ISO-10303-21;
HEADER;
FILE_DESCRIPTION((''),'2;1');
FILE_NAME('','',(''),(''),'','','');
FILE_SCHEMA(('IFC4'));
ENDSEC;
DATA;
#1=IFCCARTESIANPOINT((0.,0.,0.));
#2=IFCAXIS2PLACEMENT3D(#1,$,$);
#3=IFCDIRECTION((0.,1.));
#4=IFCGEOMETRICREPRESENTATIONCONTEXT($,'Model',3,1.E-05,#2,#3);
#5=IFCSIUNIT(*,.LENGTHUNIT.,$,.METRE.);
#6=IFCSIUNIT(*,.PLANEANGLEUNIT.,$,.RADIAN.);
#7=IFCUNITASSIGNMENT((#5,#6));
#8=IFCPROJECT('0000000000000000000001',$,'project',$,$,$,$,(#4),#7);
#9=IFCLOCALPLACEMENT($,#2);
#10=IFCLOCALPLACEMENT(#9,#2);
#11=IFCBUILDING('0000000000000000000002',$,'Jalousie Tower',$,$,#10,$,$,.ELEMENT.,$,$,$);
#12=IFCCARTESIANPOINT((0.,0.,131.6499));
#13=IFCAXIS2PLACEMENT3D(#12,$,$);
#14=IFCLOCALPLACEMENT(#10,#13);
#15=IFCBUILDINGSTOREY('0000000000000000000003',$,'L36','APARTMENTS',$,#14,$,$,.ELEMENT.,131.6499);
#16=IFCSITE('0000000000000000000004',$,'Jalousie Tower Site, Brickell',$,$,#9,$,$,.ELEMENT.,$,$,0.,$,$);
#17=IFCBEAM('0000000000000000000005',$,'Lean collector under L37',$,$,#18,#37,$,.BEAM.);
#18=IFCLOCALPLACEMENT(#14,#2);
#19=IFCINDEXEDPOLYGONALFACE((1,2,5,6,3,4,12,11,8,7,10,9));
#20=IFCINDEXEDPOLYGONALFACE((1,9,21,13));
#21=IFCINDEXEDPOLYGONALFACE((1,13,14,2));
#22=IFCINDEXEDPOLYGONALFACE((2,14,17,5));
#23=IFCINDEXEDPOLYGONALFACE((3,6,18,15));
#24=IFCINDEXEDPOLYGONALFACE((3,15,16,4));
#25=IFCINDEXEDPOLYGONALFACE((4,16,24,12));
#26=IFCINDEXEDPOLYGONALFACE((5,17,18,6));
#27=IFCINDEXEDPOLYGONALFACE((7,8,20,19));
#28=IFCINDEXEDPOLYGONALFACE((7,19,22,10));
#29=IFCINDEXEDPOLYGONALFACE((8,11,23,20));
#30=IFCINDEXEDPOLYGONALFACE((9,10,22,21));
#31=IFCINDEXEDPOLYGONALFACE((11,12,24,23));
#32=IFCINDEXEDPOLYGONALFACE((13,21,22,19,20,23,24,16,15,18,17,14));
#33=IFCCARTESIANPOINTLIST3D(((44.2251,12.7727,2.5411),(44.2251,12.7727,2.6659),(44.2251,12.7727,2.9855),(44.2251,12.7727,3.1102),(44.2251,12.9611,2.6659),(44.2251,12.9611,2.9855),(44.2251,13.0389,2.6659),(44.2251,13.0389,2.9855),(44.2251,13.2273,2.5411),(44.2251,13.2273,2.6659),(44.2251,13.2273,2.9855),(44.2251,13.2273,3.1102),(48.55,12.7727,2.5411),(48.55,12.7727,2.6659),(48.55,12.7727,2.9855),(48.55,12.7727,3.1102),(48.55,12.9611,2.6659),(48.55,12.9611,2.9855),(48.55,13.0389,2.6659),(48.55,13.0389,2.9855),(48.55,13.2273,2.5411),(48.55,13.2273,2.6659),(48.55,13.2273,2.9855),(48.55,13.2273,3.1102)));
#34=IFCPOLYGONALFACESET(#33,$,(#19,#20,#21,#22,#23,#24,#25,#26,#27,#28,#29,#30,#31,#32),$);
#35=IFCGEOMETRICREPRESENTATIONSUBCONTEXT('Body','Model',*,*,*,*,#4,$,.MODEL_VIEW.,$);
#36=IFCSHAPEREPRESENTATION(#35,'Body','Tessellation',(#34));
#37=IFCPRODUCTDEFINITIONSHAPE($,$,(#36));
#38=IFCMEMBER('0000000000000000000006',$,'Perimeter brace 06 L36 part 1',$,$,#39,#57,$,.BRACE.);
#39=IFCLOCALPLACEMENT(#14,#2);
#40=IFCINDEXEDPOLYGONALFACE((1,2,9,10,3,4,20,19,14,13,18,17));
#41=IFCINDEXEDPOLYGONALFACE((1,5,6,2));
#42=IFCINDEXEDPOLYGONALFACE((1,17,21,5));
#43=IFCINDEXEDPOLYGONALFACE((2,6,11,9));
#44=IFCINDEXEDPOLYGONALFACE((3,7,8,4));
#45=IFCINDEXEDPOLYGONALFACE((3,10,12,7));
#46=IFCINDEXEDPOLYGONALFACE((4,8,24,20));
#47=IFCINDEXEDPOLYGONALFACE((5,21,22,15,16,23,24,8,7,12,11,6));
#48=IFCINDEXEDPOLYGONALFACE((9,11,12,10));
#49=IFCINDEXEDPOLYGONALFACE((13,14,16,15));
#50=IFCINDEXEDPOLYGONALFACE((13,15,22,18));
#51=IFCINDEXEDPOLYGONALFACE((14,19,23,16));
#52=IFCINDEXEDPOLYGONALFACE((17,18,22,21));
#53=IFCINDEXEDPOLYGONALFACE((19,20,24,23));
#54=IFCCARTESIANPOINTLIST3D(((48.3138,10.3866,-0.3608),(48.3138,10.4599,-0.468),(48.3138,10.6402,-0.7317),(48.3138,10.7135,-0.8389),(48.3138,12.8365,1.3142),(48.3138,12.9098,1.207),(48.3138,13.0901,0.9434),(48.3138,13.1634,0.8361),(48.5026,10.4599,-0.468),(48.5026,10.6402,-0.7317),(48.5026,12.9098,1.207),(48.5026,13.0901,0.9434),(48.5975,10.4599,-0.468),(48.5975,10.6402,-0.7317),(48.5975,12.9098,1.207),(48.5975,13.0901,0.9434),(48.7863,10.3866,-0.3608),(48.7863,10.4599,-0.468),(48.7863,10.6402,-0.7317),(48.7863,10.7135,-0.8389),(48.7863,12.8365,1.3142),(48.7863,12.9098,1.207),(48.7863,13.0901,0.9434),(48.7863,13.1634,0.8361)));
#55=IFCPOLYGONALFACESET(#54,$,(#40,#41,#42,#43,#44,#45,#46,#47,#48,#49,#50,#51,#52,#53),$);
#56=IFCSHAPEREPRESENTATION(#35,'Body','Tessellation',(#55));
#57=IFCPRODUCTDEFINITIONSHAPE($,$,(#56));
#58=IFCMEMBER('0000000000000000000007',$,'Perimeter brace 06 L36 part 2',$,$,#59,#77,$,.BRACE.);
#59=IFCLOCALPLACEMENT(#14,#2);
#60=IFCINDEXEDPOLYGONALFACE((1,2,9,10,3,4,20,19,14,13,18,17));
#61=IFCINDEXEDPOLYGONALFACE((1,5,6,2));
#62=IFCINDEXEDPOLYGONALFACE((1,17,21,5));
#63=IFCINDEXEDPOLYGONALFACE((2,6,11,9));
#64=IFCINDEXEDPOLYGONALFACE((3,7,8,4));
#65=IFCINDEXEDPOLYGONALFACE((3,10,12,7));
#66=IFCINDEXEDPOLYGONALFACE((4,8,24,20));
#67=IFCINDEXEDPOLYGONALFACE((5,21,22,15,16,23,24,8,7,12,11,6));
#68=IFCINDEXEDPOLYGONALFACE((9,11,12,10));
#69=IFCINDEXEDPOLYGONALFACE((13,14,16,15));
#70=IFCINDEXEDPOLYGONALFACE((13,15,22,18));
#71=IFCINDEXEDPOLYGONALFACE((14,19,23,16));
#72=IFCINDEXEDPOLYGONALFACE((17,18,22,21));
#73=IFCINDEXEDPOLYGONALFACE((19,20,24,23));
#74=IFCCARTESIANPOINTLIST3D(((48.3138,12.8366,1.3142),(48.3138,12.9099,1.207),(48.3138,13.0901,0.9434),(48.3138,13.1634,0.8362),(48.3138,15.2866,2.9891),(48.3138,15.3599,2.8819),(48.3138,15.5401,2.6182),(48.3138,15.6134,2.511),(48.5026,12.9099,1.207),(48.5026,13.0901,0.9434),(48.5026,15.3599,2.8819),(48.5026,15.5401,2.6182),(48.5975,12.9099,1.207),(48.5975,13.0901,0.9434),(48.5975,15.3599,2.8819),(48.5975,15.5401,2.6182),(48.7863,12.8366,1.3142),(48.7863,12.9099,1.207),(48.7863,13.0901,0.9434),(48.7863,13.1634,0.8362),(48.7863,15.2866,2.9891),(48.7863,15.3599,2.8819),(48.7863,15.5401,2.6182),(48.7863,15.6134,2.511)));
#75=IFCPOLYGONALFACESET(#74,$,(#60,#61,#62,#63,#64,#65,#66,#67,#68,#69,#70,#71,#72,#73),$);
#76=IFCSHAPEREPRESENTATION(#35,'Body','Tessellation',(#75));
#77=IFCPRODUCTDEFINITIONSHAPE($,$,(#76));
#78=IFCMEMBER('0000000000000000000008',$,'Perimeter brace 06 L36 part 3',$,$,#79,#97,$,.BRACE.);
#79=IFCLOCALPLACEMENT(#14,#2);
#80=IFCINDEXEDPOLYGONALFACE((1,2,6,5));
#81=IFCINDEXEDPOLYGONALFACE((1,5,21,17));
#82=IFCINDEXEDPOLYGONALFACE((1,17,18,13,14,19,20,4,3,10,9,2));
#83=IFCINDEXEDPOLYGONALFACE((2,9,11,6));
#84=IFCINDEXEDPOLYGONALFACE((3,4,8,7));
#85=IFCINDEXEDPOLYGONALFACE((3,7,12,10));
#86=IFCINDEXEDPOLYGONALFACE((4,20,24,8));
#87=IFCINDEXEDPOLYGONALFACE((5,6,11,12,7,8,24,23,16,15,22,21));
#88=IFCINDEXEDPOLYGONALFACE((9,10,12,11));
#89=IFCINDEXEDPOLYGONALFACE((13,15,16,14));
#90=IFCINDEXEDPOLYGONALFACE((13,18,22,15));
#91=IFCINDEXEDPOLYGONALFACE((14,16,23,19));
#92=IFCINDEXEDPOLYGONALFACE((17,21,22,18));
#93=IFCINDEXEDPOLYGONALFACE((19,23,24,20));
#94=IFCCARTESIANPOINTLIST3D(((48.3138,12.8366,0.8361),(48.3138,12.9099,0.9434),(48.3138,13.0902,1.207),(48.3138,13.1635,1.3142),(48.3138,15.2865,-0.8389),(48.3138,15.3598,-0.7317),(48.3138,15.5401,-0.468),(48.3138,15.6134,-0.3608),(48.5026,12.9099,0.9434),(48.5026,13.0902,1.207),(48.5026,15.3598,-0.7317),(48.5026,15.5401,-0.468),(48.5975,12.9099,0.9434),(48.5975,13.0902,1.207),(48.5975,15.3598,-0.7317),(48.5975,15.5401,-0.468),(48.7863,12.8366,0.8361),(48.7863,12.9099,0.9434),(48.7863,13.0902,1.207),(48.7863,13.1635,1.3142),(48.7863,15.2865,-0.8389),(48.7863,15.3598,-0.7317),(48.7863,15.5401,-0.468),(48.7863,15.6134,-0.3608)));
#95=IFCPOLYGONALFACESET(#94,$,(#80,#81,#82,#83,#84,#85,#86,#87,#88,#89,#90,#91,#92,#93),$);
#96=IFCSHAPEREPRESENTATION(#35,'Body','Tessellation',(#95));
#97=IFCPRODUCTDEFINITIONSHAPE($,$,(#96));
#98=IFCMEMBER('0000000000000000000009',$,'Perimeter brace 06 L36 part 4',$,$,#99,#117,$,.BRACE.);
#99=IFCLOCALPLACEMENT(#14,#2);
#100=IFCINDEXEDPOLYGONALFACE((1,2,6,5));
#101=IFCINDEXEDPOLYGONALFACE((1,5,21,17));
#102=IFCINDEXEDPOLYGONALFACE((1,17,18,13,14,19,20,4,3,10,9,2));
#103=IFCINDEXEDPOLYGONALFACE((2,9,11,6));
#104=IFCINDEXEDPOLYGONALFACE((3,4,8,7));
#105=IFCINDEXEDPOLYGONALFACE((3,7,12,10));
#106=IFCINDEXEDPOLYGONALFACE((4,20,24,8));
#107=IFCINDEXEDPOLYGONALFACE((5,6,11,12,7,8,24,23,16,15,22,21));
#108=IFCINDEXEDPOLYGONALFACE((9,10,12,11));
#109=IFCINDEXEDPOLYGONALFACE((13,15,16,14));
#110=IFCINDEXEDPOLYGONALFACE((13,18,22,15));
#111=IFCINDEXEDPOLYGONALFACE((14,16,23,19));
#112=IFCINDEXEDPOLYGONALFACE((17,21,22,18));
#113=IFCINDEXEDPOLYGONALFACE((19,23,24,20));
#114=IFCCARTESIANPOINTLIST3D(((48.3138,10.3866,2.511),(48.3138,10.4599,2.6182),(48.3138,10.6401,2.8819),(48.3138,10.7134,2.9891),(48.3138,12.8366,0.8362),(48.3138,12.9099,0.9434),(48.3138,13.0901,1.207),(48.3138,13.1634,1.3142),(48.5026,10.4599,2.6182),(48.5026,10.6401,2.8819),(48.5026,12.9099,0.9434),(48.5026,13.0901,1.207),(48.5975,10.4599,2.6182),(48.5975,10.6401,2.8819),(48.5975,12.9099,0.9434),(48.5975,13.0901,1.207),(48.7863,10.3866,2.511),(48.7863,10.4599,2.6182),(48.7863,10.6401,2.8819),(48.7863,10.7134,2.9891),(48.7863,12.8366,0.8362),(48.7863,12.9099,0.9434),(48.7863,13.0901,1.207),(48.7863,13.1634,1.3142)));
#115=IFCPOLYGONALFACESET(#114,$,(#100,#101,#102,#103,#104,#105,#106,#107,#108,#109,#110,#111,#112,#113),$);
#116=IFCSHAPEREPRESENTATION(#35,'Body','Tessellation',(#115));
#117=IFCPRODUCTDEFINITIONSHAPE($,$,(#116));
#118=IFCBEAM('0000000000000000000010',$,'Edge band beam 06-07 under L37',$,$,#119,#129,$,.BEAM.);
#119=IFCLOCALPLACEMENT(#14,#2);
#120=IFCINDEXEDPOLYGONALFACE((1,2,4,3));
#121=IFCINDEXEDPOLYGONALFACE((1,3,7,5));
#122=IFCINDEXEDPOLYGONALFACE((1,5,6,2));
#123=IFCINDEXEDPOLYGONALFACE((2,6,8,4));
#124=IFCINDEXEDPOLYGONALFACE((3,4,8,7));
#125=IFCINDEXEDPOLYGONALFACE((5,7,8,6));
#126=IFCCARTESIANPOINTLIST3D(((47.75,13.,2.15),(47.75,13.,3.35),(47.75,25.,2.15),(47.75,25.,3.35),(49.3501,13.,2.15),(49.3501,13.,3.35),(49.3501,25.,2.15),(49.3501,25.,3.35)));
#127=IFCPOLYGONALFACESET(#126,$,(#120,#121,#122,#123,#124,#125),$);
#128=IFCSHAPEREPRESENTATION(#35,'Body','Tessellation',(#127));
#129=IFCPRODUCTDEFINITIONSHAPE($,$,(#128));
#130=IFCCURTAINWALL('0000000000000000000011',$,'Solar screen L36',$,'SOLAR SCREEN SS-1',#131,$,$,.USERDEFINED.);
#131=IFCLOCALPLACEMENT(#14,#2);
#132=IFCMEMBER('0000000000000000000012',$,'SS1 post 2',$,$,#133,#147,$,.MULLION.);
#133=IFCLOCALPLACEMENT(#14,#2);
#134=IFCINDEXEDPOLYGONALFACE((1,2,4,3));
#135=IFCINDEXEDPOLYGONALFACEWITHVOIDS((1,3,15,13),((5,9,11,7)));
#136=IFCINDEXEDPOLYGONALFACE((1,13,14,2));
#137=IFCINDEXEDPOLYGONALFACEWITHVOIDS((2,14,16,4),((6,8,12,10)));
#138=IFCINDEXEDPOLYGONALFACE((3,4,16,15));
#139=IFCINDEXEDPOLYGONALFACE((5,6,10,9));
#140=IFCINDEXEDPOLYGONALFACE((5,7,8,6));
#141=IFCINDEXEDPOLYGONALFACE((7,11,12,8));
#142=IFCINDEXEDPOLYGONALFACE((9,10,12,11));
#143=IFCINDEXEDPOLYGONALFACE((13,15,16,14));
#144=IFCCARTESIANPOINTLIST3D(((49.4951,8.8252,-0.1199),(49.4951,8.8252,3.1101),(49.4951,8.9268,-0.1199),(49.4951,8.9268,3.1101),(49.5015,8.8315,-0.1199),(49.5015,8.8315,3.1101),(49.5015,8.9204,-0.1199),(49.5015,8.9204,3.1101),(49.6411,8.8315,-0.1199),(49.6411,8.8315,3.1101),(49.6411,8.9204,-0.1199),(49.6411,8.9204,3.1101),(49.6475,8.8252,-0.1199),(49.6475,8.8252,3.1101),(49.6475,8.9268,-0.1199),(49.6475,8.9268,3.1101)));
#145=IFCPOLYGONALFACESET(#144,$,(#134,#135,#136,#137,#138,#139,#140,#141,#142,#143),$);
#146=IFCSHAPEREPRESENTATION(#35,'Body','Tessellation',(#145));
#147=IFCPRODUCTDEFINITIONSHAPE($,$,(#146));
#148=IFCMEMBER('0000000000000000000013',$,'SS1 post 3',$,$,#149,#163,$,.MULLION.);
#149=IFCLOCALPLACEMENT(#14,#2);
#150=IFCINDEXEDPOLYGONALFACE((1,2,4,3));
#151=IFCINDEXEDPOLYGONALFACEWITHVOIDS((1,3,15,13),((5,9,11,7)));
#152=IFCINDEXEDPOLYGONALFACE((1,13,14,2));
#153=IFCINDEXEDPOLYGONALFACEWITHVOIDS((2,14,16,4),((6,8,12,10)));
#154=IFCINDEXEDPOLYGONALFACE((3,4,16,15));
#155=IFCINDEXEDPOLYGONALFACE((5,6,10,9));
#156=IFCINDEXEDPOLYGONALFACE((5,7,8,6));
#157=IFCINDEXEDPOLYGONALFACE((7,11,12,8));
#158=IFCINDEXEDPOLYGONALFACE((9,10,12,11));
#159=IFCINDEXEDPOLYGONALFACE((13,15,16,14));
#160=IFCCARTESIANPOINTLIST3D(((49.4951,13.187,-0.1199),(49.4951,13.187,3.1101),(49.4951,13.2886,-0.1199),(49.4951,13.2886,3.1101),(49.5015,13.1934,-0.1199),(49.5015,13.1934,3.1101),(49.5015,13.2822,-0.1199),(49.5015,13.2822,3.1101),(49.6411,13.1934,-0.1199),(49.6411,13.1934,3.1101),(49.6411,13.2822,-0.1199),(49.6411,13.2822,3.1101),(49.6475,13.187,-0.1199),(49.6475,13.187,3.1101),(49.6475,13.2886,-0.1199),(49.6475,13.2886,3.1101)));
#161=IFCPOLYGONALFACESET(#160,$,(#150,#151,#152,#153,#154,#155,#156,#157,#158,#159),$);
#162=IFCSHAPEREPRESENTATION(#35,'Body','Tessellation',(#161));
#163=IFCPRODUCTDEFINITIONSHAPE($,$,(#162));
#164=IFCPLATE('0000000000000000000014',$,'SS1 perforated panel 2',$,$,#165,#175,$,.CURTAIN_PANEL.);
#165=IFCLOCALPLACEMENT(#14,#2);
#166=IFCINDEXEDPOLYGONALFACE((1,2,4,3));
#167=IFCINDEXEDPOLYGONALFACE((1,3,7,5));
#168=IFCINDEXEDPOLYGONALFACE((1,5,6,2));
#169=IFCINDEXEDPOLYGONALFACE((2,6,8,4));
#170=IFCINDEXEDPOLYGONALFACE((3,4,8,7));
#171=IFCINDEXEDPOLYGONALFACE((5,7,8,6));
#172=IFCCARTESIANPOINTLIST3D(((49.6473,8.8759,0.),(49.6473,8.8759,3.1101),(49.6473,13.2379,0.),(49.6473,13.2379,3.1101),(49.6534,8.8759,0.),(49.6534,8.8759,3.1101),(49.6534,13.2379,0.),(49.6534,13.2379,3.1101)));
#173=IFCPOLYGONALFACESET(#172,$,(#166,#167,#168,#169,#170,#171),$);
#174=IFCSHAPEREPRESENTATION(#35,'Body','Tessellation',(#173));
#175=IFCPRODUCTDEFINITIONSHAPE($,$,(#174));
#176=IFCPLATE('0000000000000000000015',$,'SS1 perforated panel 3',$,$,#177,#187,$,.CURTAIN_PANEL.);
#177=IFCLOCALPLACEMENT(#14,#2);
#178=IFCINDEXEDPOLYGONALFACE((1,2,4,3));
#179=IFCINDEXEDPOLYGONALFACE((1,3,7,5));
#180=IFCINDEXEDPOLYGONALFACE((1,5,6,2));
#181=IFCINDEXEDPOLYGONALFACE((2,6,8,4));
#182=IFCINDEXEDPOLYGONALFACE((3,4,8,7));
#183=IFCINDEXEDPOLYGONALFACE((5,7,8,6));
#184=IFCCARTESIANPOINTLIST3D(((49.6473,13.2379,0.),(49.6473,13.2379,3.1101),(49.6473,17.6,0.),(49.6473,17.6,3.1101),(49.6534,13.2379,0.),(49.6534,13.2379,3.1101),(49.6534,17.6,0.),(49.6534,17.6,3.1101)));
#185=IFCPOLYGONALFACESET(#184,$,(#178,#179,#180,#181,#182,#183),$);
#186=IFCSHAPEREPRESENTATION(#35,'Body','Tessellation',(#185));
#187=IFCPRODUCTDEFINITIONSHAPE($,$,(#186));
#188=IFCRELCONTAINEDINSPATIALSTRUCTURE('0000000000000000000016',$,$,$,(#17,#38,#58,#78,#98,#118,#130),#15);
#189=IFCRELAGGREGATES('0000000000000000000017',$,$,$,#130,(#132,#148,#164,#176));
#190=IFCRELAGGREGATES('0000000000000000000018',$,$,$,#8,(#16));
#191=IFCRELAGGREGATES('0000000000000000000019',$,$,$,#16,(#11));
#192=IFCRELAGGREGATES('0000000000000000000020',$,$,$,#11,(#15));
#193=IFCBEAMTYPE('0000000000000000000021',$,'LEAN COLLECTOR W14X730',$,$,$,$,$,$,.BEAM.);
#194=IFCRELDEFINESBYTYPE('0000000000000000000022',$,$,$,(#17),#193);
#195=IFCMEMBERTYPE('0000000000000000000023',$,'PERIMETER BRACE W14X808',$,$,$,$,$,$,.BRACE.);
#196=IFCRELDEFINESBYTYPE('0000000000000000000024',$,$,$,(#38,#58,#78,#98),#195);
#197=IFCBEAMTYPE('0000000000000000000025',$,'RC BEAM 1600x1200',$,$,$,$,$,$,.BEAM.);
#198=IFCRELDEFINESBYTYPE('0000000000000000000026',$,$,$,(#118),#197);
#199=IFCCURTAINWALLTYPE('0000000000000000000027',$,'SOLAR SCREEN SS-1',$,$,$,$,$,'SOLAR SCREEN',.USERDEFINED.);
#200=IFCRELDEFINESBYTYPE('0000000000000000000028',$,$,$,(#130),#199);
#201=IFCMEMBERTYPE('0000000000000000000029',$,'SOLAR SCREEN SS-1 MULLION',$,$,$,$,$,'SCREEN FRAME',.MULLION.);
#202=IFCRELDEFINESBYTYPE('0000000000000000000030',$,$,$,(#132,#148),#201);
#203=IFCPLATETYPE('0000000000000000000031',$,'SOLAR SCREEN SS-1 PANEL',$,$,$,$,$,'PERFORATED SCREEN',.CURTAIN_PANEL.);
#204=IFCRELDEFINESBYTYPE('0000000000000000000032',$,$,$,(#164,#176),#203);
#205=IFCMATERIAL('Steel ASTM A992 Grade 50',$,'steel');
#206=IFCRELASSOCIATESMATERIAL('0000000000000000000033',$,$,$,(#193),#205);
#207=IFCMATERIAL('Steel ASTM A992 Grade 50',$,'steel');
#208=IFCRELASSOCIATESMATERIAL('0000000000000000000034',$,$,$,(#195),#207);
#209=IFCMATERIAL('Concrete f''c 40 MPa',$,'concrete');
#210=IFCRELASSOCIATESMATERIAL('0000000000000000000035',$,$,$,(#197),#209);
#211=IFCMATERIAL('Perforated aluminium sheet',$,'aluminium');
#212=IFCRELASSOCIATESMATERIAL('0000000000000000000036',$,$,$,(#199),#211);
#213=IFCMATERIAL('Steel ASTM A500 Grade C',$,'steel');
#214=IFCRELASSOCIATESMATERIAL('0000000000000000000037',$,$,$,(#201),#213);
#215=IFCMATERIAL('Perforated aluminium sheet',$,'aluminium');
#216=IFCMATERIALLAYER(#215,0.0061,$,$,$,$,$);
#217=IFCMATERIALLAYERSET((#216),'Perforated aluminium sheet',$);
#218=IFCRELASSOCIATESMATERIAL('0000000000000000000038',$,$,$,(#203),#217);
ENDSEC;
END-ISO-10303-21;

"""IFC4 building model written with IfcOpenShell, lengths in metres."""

from ifc_helpers import new_model, si_unit, direction, frame, origin, origin_2d, place, context, subcontext, project, spatial, rectangle, hollow_rectangle, i_section, extrude, material, layer, layer_set, material_profile, profile_set, type_object, element, aggregate, save


model = new_model("IFC4")

# Units and contexts
model_context = context("Model", 3, precision=1e-05, world=origin(), true_north=direction((0.0, 1.0)))
body_context = subcontext(model_context, "Body", "Model", "MODEL_VIEW")
ifc_project = project(units=[si_unit("LENGTHUNIT", "METRE"), si_unit("PLANEANGLEUNIT", "RADIAN")], contexts=[model_context])

# Site, building, storey
site_placement = place(None, origin())
site = spatial("IfcSite", under=ifc_project, at=site_placement, Name="Jalousie Tower Site, Brickell", CompositionType="ELEMENT", RefElevation=0.0)
building_placement = place(site_placement, origin())
building = spatial("IfcBuilding", under=site, at=building_placement, Name="Jalousie Tower", CompositionType="ELEMENT")
storey_placement = place(building_placement, frame((0.0, 0.0, 131.6499)))
storey = spatial("IfcBuildingStorey", under=building, at=storey_placement, Name="L36", Description="APARTMENTS", CompositionType="ELEMENT", Elevation=131.6499)

# Beam
ifc_material_1 = material(Name="Steel ASTM A992 Grade 50", Category="steel")
ifc_material_profile_1 = material_profile(ifc_material_1, i_section(OverallWidth=0.4546, OverallDepth=0.5691, WebThickness=0.0779, FlangeThickness=0.1248, at=origin_2d()), Name="W14X730")
ifc_profile_set_1 = profile_set([ifc_material_profile_1], Name="Steel ASTM A992 Grade 50")
beam_type_1 = type_object("IfcBeamType", Name="LEAN COLLECTOR W14X730", PredefinedType="BEAM", material=ifc_profile_set_1)
beam_1_placement = place(storey_placement, frame((48.55, 13.0, 2.8257), z_axis=(-1.0, 0.0, 0.0), x_axis=(0.0, -1.0, 0.0)))
element("IfcBeam", 1, at=beam_1_placement, inside=storey, type_object=beam_type_1, Name="Lean collector under L37", PredefinedType="BEAM", context=body_context, shape_type="SweptSolid", body=[
    extrude(i_section(OverallWidth=0.4546, OverallDepth=0.5691, WebThickness=0.0779, FlangeThickness=0.1248, at=origin_2d()), origin(), (0.0, 0.0, 1.0), 4.325),
])

# Members
ifc_material_2 = material(Name="Steel ASTM A992 Grade 50", Category="steel")
ifc_material_profile_2 = material_profile(ifc_material_2, i_section(OverallWidth=0.4724, OverallDepth=0.5791, WebThickness=0.095, FlangeThickness=0.1299, at=origin_2d()), Name="W14X808")
ifc_profile_set_2 = profile_set([ifc_material_profile_2], Name="Steel ASTM A992 Grade 50")
member_type_1 = type_object("IfcMemberType", Name="PERIMETER BRACE W14X808", PredefinedType="BRACE", material=ifc_profile_set_2)
for number, where, z_axis, x_axis, name in (
    (2, (48.55, 10.55, -0.5999), (0.0, 0.825501, 0.564401), (-1.0, 0.0, 0.0), "Perimeter brace 06 L36 part 1"),
    (3, (48.55, 13.0, 1.0752), (0.0, 0.825539, 0.564345), (-1.0, 0.0, 0.0), "Perimeter brace 06 L36 part 2"),
    (4, (48.55, 15.45, -0.5999), (0.0, -0.825501, 0.564401), (1.0, 0.0, 0.0), "Perimeter brace 06 L36 part 3"),
    (5, (48.55, 13.0, 1.0752), (0.0, -0.825539, 0.564345), (1.0, 0.0, 0.0), "Perimeter brace 06 L36 part 4"),
):
    element("IfcMember", number, at=place(storey_placement, frame(where, z_axis=z_axis, x_axis=x_axis)), inside=storey, type_object=member_type_1, Name=name, PredefinedType="BRACE", context=body_context, shape_type="SweptSolid", body=[
        extrude(i_section(OverallWidth=0.4724, OverallDepth=0.5791, WebThickness=0.095, FlangeThickness=0.1299, at=origin_2d()), origin(), (0.0, 0.0, 1.0), 2.9678),
    ])

# Beam
ifc_material_3 = material(Name="Concrete f'c 40 MPa", Category="concrete")
ifc_material_profile_3 = material_profile(ifc_material_3, rectangle(XDim=1.6001, YDim=1.2, at=origin_2d()), Name="RC 1600x1200")
ifc_profile_set_3 = profile_set([ifc_material_profile_3], Name="Concrete f'c 40 MPa")
beam_type_2 = type_object("IfcBeamType", Name="RC BEAM 1600x1200", PredefinedType="BEAM", material=ifc_profile_set_3)
beam_2_placement = place(storey_placement, frame((48.55, 13.0, 2.75), z_axis=(0.0, 1.0, 0.0), x_axis=(-1.0, 0.0, 0.0)))
element("IfcBeam", 6, at=beam_2_placement, inside=storey, type_object=beam_type_2, Name="Edge band beam 06-07 under L37", PredefinedType="BEAM", context=body_context, shape_type="SweptSolid", body=[
    extrude(rectangle(XDim=1.6001, YDim=1.2, at=origin_2d()), origin(), (0.0, 0.0, 1.0), 12.0),
])

# Curtain wall, members, plates
ifc_material_4 = material(Name="Perforated aluminium sheet", Category="aluminium")
curtain_wall_type = type_object("IfcCurtainWallType", Name="SOLAR SCREEN SS-1", ElementType="SOLAR SCREEN", PredefinedType="USERDEFINED", material=ifc_material_4)
curtain_wall_placement = place(storey_placement, origin())
curtain_wall = element("IfcCurtainWall", 7, at=curtain_wall_placement, inside=storey, type_object=curtain_wall_type, Name="Solar screen L36", ObjectType="SOLAR SCREEN SS-1", PredefinedType="USERDEFINED")
ifc_material_5 = material(Name="Steel ASTM A500 Grade C", Category="steel")
ifc_material_profile_4 = material_profile(ifc_material_5, hollow_rectangle(XDim=0.1016, YDim=0.1523, WallThickness=0.0063, at=origin_2d()), Name="HSS6X4X1/4")
ifc_profile_set_4 = profile_set([ifc_material_profile_4], Name="Steel ASTM A500 Grade C")
member_type_2 = type_object("IfcMemberType", Name="SOLAR SCREEN SS-1 MULLION", ElementType="SCREEN FRAME", PredefinedType="MULLION", material=ifc_profile_set_4)
member_1_placement = place(storey_placement, frame((49.5713, 8.876, -0.1199), z_axis=(0.0, 0.0, 1.0), x_axis=(0.0, 1.0, 0.0)))
member_1 = element("IfcMember", 8, at=member_1_placement, type_object=member_type_2, Name="SS1 post 2", PredefinedType="MULLION", context=body_context, shape_type="SweptSolid", body=[
    extrude(hollow_rectangle(XDim=0.1016, YDim=0.1523, WallThickness=0.0063, at=origin_2d()), origin(), (0.0, 0.0, 1.0), 3.23),
])
member_2_placement = place(storey_placement, frame((49.5713, 13.2378, -0.1199), z_axis=(0.0, 0.0, 1.0), x_axis=(0.0, 1.0, 0.0)))
member_2 = element("IfcMember", 9, at=member_2_placement, type_object=member_type_2, Name="SS1 post 3", PredefinedType="MULLION", context=body_context, shape_type="SweptSolid", body=[
    extrude(hollow_rectangle(XDim=0.1016, YDim=0.1523, WallThickness=0.0063, at=origin_2d()), origin(), (0.0, 0.0, 1.0), 3.23),
])
ifc_material_6 = material(Name="Perforated aluminium sheet", Category="aluminium")
ifc_layer_1 = layer(ifc_material_6, 0.0061)
ifc_layer_set_1 = layer_set([ifc_layer_1], Name="Perforated aluminium sheet")
plate_type = type_object("IfcPlateType", Name="SOLAR SCREEN SS-1 PANEL", ElementType="PERFORATED SCREEN", PredefinedType="CURTAIN_PANEL", material=ifc_layer_set_1)
plate_1_placement = place(storey_placement, frame((49.6504, 11.0569, 0.0), z_axis=(0.0, 0.0, 1.0), x_axis=(0.0, 1.0, 0.0)))
plate_1 = element("IfcPlate", 10, at=plate_1_placement, type_object=plate_type, Name="SS1 perforated panel 2", PredefinedType="CURTAIN_PANEL", context=body_context, shape_type="SweptSolid", body=[
    extrude(rectangle(XDim=4.3621, YDim=0.0061, at=origin_2d()), origin(), (0.0, 0.0, 1.0), 3.1101),
])
plate_2_placement = place(storey_placement, frame((49.6504, 15.4189, 0.0), z_axis=(0.0, 0.0, 1.0), x_axis=(0.0, 1.0, 0.0)))
plate_2 = element("IfcPlate", 11, at=plate_2_placement, type_object=plate_type, Name="SS1 perforated panel 3", PredefinedType="CURTAIN_PANEL", context=body_context, shape_type="SweptSolid", body=[
    extrude(rectangle(XDim=4.3621, YDim=0.0061, at=origin_2d()), origin(), (0.0, 0.0, 1.0), 3.1101),
])
aggregate(curtain_wall, [member_1, member_2, plate_1, plate_2])

save(model, "model.ifc")
